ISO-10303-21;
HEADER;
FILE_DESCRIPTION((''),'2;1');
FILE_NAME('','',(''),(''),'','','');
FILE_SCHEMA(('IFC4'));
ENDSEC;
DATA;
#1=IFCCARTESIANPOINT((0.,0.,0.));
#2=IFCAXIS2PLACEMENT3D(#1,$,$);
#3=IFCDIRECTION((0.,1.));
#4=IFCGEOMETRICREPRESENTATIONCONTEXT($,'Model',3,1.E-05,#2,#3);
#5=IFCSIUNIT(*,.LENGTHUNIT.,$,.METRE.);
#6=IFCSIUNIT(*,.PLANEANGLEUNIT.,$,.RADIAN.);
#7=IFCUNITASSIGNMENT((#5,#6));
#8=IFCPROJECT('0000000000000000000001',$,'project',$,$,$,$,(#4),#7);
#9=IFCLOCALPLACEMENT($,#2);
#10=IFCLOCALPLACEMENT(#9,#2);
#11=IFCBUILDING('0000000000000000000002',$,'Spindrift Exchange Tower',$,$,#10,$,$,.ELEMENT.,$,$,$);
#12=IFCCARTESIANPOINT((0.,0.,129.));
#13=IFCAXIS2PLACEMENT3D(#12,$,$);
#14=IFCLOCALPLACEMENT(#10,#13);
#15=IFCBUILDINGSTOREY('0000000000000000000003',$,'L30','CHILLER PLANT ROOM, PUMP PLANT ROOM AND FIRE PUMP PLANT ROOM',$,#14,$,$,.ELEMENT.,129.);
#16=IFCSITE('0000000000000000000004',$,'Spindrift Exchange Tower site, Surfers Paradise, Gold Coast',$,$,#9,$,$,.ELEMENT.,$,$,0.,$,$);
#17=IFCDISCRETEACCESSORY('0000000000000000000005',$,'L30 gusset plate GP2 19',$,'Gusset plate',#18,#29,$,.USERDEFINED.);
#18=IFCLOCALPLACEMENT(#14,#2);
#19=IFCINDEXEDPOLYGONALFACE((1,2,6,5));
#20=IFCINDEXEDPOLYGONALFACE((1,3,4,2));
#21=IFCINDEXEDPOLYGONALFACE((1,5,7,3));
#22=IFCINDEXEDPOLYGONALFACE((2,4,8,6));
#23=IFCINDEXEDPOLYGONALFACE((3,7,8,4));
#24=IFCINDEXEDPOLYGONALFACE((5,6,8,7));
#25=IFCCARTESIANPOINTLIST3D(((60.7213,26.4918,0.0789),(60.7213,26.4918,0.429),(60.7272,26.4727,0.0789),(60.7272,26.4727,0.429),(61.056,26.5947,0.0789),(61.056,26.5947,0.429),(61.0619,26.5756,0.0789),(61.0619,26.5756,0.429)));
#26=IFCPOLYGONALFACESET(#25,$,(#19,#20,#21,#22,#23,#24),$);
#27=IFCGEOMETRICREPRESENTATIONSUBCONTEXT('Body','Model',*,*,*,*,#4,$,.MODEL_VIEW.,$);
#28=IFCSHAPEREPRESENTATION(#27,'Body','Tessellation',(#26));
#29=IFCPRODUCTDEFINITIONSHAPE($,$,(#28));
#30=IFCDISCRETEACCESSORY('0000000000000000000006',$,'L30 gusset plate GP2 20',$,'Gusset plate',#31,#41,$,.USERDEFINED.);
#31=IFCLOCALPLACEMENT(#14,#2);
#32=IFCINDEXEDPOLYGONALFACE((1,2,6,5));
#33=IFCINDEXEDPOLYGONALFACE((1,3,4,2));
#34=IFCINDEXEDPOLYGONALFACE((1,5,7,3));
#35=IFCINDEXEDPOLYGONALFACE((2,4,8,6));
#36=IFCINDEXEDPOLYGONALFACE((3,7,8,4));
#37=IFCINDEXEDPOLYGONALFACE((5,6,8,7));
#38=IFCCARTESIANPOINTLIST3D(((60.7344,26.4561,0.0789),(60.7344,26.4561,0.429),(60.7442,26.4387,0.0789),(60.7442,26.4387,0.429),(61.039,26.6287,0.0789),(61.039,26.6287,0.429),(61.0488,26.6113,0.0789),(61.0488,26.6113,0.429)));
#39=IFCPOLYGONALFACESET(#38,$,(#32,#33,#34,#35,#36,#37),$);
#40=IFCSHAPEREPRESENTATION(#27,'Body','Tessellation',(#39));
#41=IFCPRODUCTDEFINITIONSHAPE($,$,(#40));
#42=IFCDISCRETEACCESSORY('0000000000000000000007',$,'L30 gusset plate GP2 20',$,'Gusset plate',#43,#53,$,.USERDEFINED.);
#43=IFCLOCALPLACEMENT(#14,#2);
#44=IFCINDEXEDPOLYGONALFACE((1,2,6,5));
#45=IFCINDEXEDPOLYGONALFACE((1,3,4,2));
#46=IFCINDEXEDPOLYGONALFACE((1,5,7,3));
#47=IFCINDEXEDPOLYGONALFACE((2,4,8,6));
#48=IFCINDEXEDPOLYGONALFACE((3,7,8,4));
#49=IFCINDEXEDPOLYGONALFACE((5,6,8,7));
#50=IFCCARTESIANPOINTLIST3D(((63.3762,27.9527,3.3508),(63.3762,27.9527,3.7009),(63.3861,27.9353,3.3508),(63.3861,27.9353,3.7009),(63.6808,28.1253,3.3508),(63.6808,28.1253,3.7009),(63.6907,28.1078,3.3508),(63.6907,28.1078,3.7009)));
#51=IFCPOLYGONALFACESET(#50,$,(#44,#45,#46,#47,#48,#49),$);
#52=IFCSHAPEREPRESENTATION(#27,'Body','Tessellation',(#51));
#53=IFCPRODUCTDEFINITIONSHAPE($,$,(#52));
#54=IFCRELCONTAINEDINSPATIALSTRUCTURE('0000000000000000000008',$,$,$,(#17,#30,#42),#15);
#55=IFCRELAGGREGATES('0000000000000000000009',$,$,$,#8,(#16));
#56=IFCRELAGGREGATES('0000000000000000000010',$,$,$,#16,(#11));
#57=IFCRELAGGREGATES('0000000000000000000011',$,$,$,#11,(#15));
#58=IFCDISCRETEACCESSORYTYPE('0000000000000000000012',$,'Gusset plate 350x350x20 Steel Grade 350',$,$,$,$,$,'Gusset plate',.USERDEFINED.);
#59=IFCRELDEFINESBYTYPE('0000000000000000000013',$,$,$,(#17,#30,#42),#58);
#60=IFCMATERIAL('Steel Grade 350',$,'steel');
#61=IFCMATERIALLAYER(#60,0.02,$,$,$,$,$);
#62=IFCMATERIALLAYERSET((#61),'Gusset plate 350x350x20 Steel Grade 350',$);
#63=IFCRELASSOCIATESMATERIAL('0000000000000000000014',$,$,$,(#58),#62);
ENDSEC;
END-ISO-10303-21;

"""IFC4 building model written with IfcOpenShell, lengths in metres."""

from ifc_helpers import new_model, si_unit, direction, frame, origin, origin_2d, place, context, subcontext, project, spatial, rectangle, extrude, source, transform, mapped, material, layer, layer_set, type_object, element, save


model = new_model("IFC4")

# Units and contexts
model_context = context("Model", 3, precision=1e-05, world=origin(), true_north=direction((0.0, 1.0)))
body_context = subcontext(model_context, "Body", "Model", "MODEL_VIEW")
ifc_project = project(units=[si_unit("LENGTHUNIT", "METRE"), si_unit("PLANEANGLEUNIT", "RADIAN")], contexts=[model_context])

# Site, building, storey
site_placement = place(None, origin())
site = spatial("IfcSite", under=ifc_project, at=site_placement, Name="Spindrift Exchange Tower site, Surfers Paradise, Gold Coast", CompositionType="ELEMENT", RefElevation=0.0)
building_placement = place(site_placement, origin())
building = spatial("IfcBuilding", under=site, at=building_placement, Name="Spindrift Exchange Tower", CompositionType="ELEMENT")
storey_placement = place(building_placement, frame((0.0, 0.0, 129.0)))
storey = spatial("IfcBuildingStorey", under=building, at=storey_placement, Name="L30", Description="CHILLER PLANT ROOM, PUMP PLANT ROOM AND FIRE PUMP PLANT ROOM", CompositionType="ELEMENT", Elevation=129.0)

# Shared definitions
ifc_material_1 = material(Name="Steel Grade 350", Category="steel")

# Discrete accessories
ifc_layer_1 = layer(ifc_material_1, 0.02)
ifc_layer_set_1 = layer_set([ifc_layer_1], Name="Gusset plate 350x350x20 Steel Grade 350")
discrete_accessory_type_1 = type_object("IfcDiscreteAccessoryType", Name="Gusset plate 350x350x20 Steel Grade 350", ElementType="Gusset plate", PredefinedType="USERDEFINED", material=ifc_layer_set_1)
shared_shape_1 = source(origin(), body_context, "Body", "SweptSolid", [
    extrude(rectangle(XDim=0.3501, YDim=0.02, at=origin_2d()), origin(), (0.0, 0.0, 1.0), 0.3501),
])
for number, where, z_axis, x_axis, name in (
    (1, (60.8916, 26.5337, 0.0789), (0.0, 0.0, 1.0), (0.955867, 0.293798, 0.0), "L30 gusset plate GP2 19"),
    (2, (60.8916, 26.5337, 0.0789), (0.0, 0.0, 1.0), (0.870074, 0.492922, 0.0), "L30 gusset plate GP2 20"),
    (3, (63.5334, 28.0303, 3.3508), (0.0, 0.0, 1.0), (0.870074, 0.492922, 0.0), "L30 gusset plate GP2 20"),
):
    element("IfcDiscreteAccessory", number, at=place(storey_placement, frame(where, z_axis=z_axis, x_axis=x_axis)), inside=storey, type_object=discrete_accessory_type_1, Name=name, ObjectType="Gusset plate", PredefinedType="USERDEFINED", context=body_context, shape_type="MappedRepresentation", body=[
        mapped(shared_shape_1, transform((0.0, 0.0, 0.0), scale=1.0)),
    ])

save(model, "model.ifc")
